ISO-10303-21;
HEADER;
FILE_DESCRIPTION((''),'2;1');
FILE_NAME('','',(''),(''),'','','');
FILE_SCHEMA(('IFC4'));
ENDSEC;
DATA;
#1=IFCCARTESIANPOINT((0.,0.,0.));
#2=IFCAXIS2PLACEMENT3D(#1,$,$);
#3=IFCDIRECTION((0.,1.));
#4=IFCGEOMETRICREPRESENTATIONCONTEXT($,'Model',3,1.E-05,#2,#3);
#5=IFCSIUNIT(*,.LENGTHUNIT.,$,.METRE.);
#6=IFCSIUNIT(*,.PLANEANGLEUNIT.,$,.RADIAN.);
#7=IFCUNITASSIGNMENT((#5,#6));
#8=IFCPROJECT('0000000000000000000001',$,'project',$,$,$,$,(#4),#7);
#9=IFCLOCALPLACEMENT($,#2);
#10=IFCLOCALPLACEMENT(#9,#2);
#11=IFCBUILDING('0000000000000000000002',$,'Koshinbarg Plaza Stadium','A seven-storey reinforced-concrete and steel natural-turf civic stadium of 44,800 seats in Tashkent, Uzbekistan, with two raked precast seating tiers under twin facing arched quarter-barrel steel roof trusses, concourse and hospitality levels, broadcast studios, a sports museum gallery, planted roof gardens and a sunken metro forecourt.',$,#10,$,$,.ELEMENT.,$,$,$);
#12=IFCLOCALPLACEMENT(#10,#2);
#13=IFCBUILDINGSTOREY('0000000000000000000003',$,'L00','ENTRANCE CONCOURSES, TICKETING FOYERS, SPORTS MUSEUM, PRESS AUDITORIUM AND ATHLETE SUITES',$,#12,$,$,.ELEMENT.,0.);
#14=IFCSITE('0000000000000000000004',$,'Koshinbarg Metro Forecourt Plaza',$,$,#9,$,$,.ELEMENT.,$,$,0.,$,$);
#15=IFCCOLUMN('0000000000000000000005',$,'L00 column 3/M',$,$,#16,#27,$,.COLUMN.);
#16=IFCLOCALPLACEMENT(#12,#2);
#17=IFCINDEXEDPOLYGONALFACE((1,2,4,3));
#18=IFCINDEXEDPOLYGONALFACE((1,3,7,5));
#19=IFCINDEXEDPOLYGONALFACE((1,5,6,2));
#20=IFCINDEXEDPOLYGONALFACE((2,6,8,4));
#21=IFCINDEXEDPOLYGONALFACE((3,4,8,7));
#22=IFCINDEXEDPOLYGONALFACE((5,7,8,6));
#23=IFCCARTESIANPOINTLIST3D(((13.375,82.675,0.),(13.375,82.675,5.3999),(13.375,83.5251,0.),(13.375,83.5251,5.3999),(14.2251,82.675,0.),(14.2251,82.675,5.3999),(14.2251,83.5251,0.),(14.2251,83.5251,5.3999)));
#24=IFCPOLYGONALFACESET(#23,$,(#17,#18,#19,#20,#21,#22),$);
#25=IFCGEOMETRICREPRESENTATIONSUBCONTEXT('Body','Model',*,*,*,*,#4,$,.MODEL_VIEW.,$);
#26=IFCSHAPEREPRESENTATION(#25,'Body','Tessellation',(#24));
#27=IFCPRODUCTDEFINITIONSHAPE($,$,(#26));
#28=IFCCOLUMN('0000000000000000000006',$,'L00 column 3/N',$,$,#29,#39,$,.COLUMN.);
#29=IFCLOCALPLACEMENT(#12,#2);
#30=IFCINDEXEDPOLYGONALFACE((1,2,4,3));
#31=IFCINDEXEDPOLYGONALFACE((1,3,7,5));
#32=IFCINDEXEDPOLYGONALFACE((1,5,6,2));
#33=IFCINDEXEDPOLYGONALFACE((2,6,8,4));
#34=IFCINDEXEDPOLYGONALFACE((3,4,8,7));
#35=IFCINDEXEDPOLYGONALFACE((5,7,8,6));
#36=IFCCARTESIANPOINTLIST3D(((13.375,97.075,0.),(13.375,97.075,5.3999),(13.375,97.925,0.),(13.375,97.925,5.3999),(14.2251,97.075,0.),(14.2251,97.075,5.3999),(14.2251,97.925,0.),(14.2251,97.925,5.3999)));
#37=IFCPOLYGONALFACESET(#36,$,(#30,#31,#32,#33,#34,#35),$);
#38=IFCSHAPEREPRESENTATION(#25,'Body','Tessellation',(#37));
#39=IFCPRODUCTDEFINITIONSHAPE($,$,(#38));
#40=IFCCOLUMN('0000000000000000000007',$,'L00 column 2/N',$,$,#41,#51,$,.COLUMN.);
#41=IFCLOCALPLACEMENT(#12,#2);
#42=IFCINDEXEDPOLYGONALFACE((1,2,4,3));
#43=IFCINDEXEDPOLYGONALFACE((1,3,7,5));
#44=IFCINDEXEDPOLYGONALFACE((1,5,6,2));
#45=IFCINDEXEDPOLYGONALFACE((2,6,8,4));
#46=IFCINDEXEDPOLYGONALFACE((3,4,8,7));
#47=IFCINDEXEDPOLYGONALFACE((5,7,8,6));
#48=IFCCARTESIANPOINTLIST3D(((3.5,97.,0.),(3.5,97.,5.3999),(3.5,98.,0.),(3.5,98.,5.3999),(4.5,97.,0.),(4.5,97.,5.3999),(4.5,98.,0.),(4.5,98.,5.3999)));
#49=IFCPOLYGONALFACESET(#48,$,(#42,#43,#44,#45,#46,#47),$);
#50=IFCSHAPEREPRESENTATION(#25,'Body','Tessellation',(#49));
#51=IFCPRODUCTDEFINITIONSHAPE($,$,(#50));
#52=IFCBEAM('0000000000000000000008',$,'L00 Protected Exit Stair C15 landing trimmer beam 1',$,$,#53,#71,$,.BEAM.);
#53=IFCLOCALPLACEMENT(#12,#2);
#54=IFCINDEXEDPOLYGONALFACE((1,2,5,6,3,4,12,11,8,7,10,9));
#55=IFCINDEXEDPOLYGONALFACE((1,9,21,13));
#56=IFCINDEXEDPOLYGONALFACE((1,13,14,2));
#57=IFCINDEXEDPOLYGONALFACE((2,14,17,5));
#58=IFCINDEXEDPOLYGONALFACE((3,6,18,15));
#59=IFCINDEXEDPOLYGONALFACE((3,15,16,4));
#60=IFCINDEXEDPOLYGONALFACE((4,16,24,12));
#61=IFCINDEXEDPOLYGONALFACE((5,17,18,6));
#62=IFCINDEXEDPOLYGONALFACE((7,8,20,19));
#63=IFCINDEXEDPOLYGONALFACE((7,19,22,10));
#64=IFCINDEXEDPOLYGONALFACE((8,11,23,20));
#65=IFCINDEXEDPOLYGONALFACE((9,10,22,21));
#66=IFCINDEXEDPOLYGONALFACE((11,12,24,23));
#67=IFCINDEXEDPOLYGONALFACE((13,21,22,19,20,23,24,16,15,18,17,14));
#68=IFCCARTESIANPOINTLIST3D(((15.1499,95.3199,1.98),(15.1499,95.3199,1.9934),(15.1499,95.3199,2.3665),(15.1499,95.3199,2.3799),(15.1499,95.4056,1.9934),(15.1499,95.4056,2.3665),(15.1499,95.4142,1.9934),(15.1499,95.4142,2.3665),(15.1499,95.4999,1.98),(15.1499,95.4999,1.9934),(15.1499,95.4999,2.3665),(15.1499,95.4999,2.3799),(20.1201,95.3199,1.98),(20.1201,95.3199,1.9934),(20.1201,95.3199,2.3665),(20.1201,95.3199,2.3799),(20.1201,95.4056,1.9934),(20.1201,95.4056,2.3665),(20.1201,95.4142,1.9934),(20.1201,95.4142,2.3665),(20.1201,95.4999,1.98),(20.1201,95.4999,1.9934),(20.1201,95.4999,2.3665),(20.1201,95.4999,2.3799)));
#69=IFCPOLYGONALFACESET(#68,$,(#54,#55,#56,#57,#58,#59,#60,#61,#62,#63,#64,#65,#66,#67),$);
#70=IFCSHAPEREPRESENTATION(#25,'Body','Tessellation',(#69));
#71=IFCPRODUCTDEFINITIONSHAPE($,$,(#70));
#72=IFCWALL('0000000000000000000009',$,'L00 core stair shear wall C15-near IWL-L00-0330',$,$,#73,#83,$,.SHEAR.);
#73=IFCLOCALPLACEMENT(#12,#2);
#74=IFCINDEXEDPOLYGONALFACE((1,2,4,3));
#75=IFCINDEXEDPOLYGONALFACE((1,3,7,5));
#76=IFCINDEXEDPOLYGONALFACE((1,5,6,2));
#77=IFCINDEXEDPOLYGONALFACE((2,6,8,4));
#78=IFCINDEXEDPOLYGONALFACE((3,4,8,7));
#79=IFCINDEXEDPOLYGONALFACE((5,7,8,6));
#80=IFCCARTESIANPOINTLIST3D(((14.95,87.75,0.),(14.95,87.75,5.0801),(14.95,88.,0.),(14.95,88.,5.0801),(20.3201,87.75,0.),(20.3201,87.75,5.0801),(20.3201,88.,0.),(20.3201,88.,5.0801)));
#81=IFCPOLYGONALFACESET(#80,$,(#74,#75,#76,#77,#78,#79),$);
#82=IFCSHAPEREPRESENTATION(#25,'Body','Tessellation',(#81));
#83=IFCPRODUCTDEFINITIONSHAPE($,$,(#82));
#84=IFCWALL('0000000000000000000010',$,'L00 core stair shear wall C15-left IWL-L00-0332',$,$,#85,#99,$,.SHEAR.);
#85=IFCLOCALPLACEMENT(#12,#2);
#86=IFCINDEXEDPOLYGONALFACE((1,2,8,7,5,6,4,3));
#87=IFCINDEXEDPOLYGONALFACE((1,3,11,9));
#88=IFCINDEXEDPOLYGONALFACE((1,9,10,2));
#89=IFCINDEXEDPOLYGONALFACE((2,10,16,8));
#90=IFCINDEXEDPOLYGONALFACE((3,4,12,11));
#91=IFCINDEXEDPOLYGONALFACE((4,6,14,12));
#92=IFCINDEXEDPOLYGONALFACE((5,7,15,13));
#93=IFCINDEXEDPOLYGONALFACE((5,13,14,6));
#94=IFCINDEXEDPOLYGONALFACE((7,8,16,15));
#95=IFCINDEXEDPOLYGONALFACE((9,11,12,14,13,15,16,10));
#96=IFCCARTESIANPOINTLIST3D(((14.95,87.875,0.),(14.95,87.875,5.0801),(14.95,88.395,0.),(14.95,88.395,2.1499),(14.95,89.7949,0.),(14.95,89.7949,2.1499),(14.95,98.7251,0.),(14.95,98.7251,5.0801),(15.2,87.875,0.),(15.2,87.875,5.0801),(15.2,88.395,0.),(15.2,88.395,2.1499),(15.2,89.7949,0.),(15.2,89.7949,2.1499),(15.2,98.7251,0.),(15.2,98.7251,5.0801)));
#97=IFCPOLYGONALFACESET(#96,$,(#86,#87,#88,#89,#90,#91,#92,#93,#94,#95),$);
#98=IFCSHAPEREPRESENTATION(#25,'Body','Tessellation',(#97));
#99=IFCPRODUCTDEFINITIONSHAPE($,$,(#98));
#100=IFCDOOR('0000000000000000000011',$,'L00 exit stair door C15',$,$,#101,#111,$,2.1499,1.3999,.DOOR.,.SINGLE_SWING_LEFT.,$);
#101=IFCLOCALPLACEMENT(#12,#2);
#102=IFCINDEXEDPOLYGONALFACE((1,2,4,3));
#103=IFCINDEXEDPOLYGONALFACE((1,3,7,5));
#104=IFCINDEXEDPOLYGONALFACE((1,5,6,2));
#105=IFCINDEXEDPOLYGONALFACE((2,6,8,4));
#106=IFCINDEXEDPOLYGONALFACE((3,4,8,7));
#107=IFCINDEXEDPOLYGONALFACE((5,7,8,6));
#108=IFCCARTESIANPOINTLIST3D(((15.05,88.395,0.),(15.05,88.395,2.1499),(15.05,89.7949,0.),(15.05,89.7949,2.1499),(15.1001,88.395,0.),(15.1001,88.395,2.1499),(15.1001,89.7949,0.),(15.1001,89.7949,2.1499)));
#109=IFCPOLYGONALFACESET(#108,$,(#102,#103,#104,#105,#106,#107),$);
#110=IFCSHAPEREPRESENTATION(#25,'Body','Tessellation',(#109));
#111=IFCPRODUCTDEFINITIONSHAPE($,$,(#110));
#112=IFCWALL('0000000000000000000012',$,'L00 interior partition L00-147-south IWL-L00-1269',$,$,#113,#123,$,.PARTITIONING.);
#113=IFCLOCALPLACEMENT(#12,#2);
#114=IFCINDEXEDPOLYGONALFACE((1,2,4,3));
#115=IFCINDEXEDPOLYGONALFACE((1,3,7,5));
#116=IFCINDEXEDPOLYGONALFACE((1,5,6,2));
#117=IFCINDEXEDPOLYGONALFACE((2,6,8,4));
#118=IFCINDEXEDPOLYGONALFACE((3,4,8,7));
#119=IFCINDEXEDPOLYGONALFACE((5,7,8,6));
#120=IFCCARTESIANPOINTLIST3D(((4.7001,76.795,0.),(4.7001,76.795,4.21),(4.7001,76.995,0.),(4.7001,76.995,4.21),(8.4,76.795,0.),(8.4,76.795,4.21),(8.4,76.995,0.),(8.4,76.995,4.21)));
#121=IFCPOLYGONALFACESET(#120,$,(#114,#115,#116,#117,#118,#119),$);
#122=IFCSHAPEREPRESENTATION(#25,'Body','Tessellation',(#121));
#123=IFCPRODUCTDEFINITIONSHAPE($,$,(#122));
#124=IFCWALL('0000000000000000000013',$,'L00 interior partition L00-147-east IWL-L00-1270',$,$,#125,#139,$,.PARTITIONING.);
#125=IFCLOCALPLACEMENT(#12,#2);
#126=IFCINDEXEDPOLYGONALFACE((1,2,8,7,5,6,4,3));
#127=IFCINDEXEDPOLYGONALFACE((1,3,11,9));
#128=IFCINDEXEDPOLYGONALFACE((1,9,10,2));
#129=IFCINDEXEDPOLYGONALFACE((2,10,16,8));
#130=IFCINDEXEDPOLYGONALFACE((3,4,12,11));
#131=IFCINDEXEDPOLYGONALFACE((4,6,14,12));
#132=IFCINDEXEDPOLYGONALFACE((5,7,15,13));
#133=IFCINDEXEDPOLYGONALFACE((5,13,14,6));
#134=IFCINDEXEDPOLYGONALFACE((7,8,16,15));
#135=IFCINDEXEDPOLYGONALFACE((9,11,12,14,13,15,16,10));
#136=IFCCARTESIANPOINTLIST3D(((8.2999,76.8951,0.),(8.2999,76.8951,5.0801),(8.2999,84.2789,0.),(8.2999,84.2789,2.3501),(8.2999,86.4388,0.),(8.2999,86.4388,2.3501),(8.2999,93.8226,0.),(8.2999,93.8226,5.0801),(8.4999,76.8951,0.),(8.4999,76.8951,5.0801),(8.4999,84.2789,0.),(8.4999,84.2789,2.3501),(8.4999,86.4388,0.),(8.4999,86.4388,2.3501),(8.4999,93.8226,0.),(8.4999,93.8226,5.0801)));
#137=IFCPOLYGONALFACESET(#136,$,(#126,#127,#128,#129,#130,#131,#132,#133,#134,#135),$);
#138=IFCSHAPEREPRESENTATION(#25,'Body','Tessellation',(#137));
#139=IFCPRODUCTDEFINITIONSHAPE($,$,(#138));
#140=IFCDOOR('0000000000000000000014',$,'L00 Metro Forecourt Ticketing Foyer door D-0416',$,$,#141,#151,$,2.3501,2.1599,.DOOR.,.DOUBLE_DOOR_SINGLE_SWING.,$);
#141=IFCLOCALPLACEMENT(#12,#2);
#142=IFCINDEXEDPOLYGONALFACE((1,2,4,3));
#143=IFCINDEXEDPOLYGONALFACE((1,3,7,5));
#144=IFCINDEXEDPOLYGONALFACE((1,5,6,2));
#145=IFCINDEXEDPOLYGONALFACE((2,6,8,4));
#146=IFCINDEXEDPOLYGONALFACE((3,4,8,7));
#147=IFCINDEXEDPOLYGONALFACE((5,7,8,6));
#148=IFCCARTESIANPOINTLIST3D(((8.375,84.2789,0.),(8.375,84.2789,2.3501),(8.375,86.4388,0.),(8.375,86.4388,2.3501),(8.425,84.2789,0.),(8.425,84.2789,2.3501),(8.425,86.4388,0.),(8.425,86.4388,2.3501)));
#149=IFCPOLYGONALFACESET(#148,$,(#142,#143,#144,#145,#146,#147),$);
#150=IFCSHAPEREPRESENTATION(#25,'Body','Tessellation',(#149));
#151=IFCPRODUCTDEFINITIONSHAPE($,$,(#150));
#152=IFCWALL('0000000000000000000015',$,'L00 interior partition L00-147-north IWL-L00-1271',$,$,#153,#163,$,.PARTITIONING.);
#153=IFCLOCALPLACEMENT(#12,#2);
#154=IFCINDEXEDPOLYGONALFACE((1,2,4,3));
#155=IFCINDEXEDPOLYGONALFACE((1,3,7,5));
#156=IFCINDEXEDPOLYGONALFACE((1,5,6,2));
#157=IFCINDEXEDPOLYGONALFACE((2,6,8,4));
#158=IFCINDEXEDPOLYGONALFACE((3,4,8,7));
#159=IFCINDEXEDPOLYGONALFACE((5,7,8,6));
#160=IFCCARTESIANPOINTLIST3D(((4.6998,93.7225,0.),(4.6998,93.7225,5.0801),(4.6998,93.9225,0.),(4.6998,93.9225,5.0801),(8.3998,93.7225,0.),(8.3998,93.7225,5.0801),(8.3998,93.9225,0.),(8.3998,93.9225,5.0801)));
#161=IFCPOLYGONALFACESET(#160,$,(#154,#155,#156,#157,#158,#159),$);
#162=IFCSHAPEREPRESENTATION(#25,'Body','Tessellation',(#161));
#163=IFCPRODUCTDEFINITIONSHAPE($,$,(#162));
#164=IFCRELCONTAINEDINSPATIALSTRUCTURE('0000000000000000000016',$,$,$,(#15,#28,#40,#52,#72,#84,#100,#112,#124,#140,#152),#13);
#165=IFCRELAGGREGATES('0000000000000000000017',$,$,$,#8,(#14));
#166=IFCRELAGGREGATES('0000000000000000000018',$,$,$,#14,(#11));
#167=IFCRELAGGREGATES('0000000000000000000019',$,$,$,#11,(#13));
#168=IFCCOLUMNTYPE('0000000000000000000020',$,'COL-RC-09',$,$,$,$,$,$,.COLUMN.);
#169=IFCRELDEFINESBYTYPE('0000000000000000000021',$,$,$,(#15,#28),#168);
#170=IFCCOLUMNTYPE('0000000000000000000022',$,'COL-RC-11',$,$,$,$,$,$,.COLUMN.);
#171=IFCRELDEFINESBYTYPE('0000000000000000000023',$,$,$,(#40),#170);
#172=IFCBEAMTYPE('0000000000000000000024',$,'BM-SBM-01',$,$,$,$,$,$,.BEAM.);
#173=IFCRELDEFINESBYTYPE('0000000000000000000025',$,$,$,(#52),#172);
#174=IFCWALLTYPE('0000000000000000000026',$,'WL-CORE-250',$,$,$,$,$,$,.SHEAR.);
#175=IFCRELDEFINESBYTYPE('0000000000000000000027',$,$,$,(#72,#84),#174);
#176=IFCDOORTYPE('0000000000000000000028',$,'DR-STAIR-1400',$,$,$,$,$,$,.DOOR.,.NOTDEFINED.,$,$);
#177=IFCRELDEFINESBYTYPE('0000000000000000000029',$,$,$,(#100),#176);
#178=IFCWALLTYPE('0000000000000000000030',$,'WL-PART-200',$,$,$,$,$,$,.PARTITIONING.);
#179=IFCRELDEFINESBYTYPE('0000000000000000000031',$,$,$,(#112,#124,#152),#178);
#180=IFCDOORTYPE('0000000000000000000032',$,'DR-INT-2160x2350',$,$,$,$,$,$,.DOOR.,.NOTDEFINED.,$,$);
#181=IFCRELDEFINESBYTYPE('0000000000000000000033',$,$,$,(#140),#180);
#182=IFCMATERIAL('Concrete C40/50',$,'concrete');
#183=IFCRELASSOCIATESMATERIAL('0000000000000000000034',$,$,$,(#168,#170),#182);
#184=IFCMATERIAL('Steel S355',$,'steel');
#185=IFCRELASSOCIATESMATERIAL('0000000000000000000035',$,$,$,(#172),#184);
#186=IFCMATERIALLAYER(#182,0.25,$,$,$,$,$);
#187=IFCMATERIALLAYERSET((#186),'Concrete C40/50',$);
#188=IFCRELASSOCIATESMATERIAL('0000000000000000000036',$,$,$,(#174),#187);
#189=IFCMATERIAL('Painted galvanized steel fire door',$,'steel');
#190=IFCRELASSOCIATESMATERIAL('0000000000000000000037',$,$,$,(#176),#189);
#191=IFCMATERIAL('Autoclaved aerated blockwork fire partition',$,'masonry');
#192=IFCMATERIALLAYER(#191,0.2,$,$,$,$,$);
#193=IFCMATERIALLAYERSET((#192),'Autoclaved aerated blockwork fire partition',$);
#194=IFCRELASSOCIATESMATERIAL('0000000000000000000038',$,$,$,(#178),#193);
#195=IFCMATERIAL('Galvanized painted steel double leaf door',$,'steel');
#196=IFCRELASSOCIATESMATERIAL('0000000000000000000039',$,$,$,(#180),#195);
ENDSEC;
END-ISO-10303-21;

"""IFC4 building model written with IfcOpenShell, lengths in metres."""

from ifc_helpers import new_model, si_unit, direction, frame, frame_2d, origin, origin_2d, place, context, subcontext, project, spatial, rectangle, i_section, extrude, material, layer, layer_set, material_profile, profile_set, type_object, element, fill, save


model = new_model("IFC4")

# Units and contexts
model_context = context("Model", 3, precision=1e-05, world=origin(), true_north=direction((0.0, 1.0)))
body_context = subcontext(model_context, "Body", "Model", "MODEL_VIEW")
ifc_project = project(units=[si_unit("LENGTHUNIT", "METRE"), si_unit("PLANEANGLEUNIT", "RADIAN")], contexts=[model_context])

# Site, building, storey
site_placement = place(None, origin())
site = spatial("IfcSite", under=ifc_project, at=site_placement, Name="Koshinbarg Metro Forecourt Plaza", CompositionType="ELEMENT", RefElevation=0.0)
building_placement = place(site_placement, origin())
building = spatial("IfcBuilding", under=site, at=building_placement, Name="Koshinbarg Plaza Stadium", Description="A seven-storey reinforced-concrete and steel natural-turf civic stadium of 44,800 seats in Tashkent, Uzbekistan, with two raked precast seating tiers under twin facing arched quarter-barrel steel roof trusses, concourse and hospitality levels, broadcast studios, a sports museum gallery, planted roof gardens and a sunken metro forecourt.", CompositionType="ELEMENT")
storey_placement = place(building_placement, origin())
storey = spatial("IfcBuildingStorey", under=building, at=storey_placement, Name="L00", Description="ENTRANCE CONCOURSES, TICKETING FOYERS, SPORTS MUSEUM, PRESS AUDITORIUM AND ATHLETE SUITES", CompositionType="ELEMENT", Elevation=0.0)

# Columns
ifc_material_1 = material(Name="Concrete C40/50", Category="concrete")
ifc_material_profile_1 = material_profile(ifc_material_1, rectangle(XDim=0.8501, YDim=0.8501, at=origin_2d()), Name="RC 850x850")
ifc_profile_set_1 = profile_set([ifc_material_profile_1], Name="Concrete C40/50")
column_type_1 = type_object("IfcColumnType", Name="COL-RC-09", PredefinedType="COLUMN", material=ifc_profile_set_1)
for number, where, z_axis, x_axis, name in (
    (1, (13.8, 83.1001, 0.0), (0.0, 0.0, 1.0), (1.0, 0.0, 0.0), "L00 column 3/M"),
    (2, (13.8, 97.5, 0.0), (0.0, 0.0, 1.0), (1.0, 0.0, 0.0), "L00 column 3/N"),
):
    element("IfcColumn", number, at=place(storey_placement, frame(where, z_axis=z_axis, x_axis=x_axis)), inside=storey, type_object=column_type_1, Name=name, PredefinedType="COLUMN", context=body_context, shape_type="SweptSolid", body=[
        extrude(rectangle(XDim=0.8501, YDim=0.8501, at=origin_2d()), origin(), (0.0, 0.0, 1.0), 5.3999),
    ])
ifc_material_profile_2 = material_profile(ifc_material_1, rectangle(XDim=1.0, YDim=1.0, at=origin_2d()), Name="RC 1000x1000")
ifc_profile_set_2 = profile_set([ifc_material_profile_2], Name="Concrete C40/50")
column_type_2 = type_object("IfcColumnType", Name="COL-RC-11", PredefinedType="COLUMN", material=ifc_profile_set_2)
column_1_placement = place(storey_placement, frame((4.0, 97.5, 0.0), z_axis=(0.0, 0.0, 1.0), x_axis=(1.0, 0.0, 0.0)))
element("IfcColumn", 3, at=column_1_placement, inside=storey, type_object=column_type_2, Name="L00 column 2/N", PredefinedType="COLUMN", context=body_context, shape_type="SweptSolid", body=[
    extrude(rectangle(XDim=1.0, YDim=1.0, at=origin_2d()), origin(), (0.0, 0.0, 1.0), 5.3999),
])

# Beam
ifc_material_2 = material(Name="Steel S355", Category="steel")
ifc_material_profile_3 = material_profile(ifc_material_2, i_section(OverallWidth=0.1799, OverallDepth=0.3999, WebThickness=0.0085, FlangeThickness=0.0134, at=origin_2d()), Name="IPE 400")
ifc_profile_set_3 = profile_set([ifc_material_profile_3], Name="Steel S355")
beam_type = type_object("IfcBeamType", Name="BM-SBM-01", PredefinedType="BEAM", material=ifc_profile_set_3)
beam_placement = place(storey_placement, frame((15.1499, 95.4099, 2.1799), z_axis=(1.0, 0.0, 0.0), x_axis=(0.0, 1.0, 0.0)))
element("IfcBeam", 4, at=beam_placement, inside=storey, type_object=beam_type, Name="L00 Protected Exit Stair C15 landing trimmer beam 1", PredefinedType="BEAM", context=body_context, shape_type="SweptSolid", body=[
    extrude(i_section(OverallWidth=0.1799, OverallDepth=0.3999, WebThickness=0.0085, FlangeThickness=0.0134, at=origin_2d()), origin(), (0.0, 0.0, 1.0), 4.9702),
])

# Wall
ifc_layer_1 = layer(ifc_material_1, 0.25)
ifc_layer_set_1 = layer_set([ifc_layer_1], Name="Concrete C40/50")
wall_type_1 = type_object("IfcWallType", Name="WL-CORE-250", PredefinedType="SHEAR", material=ifc_layer_set_1)
wall_1_placement = place(storey_placement, frame((14.95, 87.875, 0.0), z_axis=(0.0, 0.0, 1.0), x_axis=(1.0, 0.0, 0.0)))
element("IfcWall", 5, at=wall_1_placement, inside=storey, type_object=wall_type_1, Name="L00 core stair shear wall C15-near IWL-L00-0330", PredefinedType="SHEAR", context=body_context, shape_type="SweptSolid", body=[
    extrude(rectangle(XDim=5.3701, YDim=0.25, at=frame_2d((2.6851, 0.0))), origin(), (0.0, 0.0, 1.0), 5.0801),
])

# Wall, opening, door
wall_2_placement = place(storey_placement, frame((15.075, 87.875, 0.0), z_axis=(0.0, 0.0, 1.0), x_axis=(0.0, 1.0, 0.0)))
wall_2 = element("IfcWall", 6, at=wall_2_placement, inside=storey, type_object=wall_type_1, Name="L00 core stair shear wall C15-left IWL-L00-0332", PredefinedType="SHEAR", context=body_context, shape_type="SweptSolid", body=[
    extrude(rectangle(XDim=10.8501, YDim=0.25, at=frame_2d((5.425, 0.0))), origin(), (0.0, 0.0, 1.0), 5.0801),
])
opening_1_placement = place(wall_2_placement, frame((0.52, 0.0, 0.0)))
opening_1 = element("IfcOpeningElement", 7, at=opening_1_placement, cuts=wall_2, PredefinedType="OPENING", context=body_context, shape_type="SweptSolid", body=[
    extrude(rectangle(XDim=1.3999, YDim=2.1499, at=frame_2d((0.7, 1.075))), frame((0.0, 0.135, 0.0), z_axis=(0.0, -1.0, 0.0), x_axis=(1.0, 0.0, 0.0)), (0.0, 0.0, 1.0), 0.27),
])
ifc_material_3 = material(Name="Painted galvanized steel fire door", Category="steel")
door_type_1 = type_object("IfcDoorType", Name="DR-STAIR-1400", OperationType="NOTDEFINED", PredefinedType="DOOR", material=ifc_material_3)
door_1_placement = place(opening_1_placement, origin())
door_1 = element("IfcDoor", 8, at=door_1_placement, inside=storey, type_object=door_type_1, Name="L00 exit stair door C15", OperationType="SINGLE_SWING_LEFT", OverallHeight=2.1499, OverallWidth=1.3999, PredefinedType="DOOR", context=body_context, shape_type="SweptSolid", body=[
    extrude(rectangle(XDim=1.3999, YDim=2.1499, at=frame_2d((0.7, 1.075))), frame((0.0, 0.0249, 0.0), z_axis=(0.0, -1.0, 0.0), x_axis=(1.0, 0.0, 0.0)), (0.0, 0.0, 1.0), 0.05),
])
fill(opening_1, door_1)

# Wall
ifc_material_4 = material(Name="Autoclaved aerated blockwork fire partition", Category="masonry")
ifc_layer_2 = layer(ifc_material_4, 0.2)
ifc_layer_set_2 = layer_set([ifc_layer_2], Name="Autoclaved aerated blockwork fire partition")
wall_type_2 = type_object("IfcWallType", Name="WL-PART-200", PredefinedType="PARTITIONING", material=ifc_layer_set_2)
wall_3_placement = place(storey_placement, frame((4.7, 76.895, 0.0), z_axis=(0.0, 0.0, 1.0), x_axis=(1.0, 0.0, 0.0)))
element("IfcWall", 9, at=wall_3_placement, inside=storey, type_object=wall_type_2, Name="L00 interior partition L00-147-south IWL-L00-1269", PredefinedType="PARTITIONING", context=body_context, shape_type="SweptSolid", body=[
    extrude(rectangle(XDim=3.7, YDim=0.2, at=frame_2d((1.8501, 0.0))), origin(), (0.0, 0.0, 1.0), 4.21),
])

# Wall, opening, door
wall_4_placement = place(storey_placement, frame((8.3999, 76.895, 0.0), z_axis=(0.0, 0.0, 1.0), x_axis=(0.0, 1.0, 0.0)))
wall_4 = element("IfcWall", 10, at=wall_4_placement, inside=storey, type_object=wall_type_2, Name="L00 interior partition L00-147-east IWL-L00-1270", PredefinedType="PARTITIONING", context=body_context, shape_type="SweptSolid", body=[
    extrude(rectangle(XDim=16.9275, YDim=0.2, at=frame_2d((8.4639, 0.0))), origin(), (0.0, 0.0, 1.0), 5.0801),
])
opening_2_placement = place(wall_4_placement, frame((7.3838, 0.0, 0.0)))
opening_2 = element("IfcOpeningElement", 11, at=opening_2_placement, cuts=wall_4, PredefinedType="OPENING", context=body_context, shape_type="SweptSolid", body=[
    extrude(rectangle(XDim=2.1599, YDim=2.3501, at=frame_2d((1.0801, 1.175))), frame((0.0, 0.1099, 0.0), z_axis=(0.0, -1.0, 0.0), x_axis=(1.0, 0.0, 0.0)), (0.0, 0.0, 1.0), 0.22),
])
ifc_material_5 = material(Name="Galvanized painted steel double leaf door", Category="steel")
door_type_2 = type_object("IfcDoorType", Name="DR-INT-2160x2350", OperationType="NOTDEFINED", PredefinedType="DOOR", material=ifc_material_5)
door_2_placement = place(opening_2_placement, origin())
door_2 = element("IfcDoor", 12, at=door_2_placement, inside=storey, type_object=door_type_2, Name="L00 Metro Forecourt Ticketing Foyer door D-0416", OperationType="DOUBLE_DOOR_SINGLE_SWING", OverallHeight=2.3501, OverallWidth=2.1599, PredefinedType="DOOR", context=body_context, shape_type="SweptSolid", body=[
    extrude(rectangle(XDim=2.1599, YDim=2.3501, at=frame_2d((1.0801, 1.175))), frame((0.0, 0.0249, 0.0), z_axis=(0.0, -1.0, 0.0), x_axis=(1.0, 0.0, 0.0)), (0.0, 0.0, 1.0), 0.05),
])
fill(opening_2, door_2)

# Wall
wall_5_placement = place(storey_placement, frame((8.3999, 93.8225, 0.0), z_axis=(0.0, 0.0, 1.0), x_axis=(-1.0, 0.0, 0.0)))
element("IfcWall", 13, at=wall_5_placement, inside=storey, type_object=wall_type_2, Name="L00 interior partition L00-147-north IWL-L00-1271", PredefinedType="PARTITIONING", context=body_context, shape_type="SweptSolid", body=[
    extrude(rectangle(XDim=3.7, YDim=0.2, at=frame_2d((1.8501, 0.0))), origin(), (0.0, 0.0, 1.0), 5.0801),
])

save(model, "model.ifc")
